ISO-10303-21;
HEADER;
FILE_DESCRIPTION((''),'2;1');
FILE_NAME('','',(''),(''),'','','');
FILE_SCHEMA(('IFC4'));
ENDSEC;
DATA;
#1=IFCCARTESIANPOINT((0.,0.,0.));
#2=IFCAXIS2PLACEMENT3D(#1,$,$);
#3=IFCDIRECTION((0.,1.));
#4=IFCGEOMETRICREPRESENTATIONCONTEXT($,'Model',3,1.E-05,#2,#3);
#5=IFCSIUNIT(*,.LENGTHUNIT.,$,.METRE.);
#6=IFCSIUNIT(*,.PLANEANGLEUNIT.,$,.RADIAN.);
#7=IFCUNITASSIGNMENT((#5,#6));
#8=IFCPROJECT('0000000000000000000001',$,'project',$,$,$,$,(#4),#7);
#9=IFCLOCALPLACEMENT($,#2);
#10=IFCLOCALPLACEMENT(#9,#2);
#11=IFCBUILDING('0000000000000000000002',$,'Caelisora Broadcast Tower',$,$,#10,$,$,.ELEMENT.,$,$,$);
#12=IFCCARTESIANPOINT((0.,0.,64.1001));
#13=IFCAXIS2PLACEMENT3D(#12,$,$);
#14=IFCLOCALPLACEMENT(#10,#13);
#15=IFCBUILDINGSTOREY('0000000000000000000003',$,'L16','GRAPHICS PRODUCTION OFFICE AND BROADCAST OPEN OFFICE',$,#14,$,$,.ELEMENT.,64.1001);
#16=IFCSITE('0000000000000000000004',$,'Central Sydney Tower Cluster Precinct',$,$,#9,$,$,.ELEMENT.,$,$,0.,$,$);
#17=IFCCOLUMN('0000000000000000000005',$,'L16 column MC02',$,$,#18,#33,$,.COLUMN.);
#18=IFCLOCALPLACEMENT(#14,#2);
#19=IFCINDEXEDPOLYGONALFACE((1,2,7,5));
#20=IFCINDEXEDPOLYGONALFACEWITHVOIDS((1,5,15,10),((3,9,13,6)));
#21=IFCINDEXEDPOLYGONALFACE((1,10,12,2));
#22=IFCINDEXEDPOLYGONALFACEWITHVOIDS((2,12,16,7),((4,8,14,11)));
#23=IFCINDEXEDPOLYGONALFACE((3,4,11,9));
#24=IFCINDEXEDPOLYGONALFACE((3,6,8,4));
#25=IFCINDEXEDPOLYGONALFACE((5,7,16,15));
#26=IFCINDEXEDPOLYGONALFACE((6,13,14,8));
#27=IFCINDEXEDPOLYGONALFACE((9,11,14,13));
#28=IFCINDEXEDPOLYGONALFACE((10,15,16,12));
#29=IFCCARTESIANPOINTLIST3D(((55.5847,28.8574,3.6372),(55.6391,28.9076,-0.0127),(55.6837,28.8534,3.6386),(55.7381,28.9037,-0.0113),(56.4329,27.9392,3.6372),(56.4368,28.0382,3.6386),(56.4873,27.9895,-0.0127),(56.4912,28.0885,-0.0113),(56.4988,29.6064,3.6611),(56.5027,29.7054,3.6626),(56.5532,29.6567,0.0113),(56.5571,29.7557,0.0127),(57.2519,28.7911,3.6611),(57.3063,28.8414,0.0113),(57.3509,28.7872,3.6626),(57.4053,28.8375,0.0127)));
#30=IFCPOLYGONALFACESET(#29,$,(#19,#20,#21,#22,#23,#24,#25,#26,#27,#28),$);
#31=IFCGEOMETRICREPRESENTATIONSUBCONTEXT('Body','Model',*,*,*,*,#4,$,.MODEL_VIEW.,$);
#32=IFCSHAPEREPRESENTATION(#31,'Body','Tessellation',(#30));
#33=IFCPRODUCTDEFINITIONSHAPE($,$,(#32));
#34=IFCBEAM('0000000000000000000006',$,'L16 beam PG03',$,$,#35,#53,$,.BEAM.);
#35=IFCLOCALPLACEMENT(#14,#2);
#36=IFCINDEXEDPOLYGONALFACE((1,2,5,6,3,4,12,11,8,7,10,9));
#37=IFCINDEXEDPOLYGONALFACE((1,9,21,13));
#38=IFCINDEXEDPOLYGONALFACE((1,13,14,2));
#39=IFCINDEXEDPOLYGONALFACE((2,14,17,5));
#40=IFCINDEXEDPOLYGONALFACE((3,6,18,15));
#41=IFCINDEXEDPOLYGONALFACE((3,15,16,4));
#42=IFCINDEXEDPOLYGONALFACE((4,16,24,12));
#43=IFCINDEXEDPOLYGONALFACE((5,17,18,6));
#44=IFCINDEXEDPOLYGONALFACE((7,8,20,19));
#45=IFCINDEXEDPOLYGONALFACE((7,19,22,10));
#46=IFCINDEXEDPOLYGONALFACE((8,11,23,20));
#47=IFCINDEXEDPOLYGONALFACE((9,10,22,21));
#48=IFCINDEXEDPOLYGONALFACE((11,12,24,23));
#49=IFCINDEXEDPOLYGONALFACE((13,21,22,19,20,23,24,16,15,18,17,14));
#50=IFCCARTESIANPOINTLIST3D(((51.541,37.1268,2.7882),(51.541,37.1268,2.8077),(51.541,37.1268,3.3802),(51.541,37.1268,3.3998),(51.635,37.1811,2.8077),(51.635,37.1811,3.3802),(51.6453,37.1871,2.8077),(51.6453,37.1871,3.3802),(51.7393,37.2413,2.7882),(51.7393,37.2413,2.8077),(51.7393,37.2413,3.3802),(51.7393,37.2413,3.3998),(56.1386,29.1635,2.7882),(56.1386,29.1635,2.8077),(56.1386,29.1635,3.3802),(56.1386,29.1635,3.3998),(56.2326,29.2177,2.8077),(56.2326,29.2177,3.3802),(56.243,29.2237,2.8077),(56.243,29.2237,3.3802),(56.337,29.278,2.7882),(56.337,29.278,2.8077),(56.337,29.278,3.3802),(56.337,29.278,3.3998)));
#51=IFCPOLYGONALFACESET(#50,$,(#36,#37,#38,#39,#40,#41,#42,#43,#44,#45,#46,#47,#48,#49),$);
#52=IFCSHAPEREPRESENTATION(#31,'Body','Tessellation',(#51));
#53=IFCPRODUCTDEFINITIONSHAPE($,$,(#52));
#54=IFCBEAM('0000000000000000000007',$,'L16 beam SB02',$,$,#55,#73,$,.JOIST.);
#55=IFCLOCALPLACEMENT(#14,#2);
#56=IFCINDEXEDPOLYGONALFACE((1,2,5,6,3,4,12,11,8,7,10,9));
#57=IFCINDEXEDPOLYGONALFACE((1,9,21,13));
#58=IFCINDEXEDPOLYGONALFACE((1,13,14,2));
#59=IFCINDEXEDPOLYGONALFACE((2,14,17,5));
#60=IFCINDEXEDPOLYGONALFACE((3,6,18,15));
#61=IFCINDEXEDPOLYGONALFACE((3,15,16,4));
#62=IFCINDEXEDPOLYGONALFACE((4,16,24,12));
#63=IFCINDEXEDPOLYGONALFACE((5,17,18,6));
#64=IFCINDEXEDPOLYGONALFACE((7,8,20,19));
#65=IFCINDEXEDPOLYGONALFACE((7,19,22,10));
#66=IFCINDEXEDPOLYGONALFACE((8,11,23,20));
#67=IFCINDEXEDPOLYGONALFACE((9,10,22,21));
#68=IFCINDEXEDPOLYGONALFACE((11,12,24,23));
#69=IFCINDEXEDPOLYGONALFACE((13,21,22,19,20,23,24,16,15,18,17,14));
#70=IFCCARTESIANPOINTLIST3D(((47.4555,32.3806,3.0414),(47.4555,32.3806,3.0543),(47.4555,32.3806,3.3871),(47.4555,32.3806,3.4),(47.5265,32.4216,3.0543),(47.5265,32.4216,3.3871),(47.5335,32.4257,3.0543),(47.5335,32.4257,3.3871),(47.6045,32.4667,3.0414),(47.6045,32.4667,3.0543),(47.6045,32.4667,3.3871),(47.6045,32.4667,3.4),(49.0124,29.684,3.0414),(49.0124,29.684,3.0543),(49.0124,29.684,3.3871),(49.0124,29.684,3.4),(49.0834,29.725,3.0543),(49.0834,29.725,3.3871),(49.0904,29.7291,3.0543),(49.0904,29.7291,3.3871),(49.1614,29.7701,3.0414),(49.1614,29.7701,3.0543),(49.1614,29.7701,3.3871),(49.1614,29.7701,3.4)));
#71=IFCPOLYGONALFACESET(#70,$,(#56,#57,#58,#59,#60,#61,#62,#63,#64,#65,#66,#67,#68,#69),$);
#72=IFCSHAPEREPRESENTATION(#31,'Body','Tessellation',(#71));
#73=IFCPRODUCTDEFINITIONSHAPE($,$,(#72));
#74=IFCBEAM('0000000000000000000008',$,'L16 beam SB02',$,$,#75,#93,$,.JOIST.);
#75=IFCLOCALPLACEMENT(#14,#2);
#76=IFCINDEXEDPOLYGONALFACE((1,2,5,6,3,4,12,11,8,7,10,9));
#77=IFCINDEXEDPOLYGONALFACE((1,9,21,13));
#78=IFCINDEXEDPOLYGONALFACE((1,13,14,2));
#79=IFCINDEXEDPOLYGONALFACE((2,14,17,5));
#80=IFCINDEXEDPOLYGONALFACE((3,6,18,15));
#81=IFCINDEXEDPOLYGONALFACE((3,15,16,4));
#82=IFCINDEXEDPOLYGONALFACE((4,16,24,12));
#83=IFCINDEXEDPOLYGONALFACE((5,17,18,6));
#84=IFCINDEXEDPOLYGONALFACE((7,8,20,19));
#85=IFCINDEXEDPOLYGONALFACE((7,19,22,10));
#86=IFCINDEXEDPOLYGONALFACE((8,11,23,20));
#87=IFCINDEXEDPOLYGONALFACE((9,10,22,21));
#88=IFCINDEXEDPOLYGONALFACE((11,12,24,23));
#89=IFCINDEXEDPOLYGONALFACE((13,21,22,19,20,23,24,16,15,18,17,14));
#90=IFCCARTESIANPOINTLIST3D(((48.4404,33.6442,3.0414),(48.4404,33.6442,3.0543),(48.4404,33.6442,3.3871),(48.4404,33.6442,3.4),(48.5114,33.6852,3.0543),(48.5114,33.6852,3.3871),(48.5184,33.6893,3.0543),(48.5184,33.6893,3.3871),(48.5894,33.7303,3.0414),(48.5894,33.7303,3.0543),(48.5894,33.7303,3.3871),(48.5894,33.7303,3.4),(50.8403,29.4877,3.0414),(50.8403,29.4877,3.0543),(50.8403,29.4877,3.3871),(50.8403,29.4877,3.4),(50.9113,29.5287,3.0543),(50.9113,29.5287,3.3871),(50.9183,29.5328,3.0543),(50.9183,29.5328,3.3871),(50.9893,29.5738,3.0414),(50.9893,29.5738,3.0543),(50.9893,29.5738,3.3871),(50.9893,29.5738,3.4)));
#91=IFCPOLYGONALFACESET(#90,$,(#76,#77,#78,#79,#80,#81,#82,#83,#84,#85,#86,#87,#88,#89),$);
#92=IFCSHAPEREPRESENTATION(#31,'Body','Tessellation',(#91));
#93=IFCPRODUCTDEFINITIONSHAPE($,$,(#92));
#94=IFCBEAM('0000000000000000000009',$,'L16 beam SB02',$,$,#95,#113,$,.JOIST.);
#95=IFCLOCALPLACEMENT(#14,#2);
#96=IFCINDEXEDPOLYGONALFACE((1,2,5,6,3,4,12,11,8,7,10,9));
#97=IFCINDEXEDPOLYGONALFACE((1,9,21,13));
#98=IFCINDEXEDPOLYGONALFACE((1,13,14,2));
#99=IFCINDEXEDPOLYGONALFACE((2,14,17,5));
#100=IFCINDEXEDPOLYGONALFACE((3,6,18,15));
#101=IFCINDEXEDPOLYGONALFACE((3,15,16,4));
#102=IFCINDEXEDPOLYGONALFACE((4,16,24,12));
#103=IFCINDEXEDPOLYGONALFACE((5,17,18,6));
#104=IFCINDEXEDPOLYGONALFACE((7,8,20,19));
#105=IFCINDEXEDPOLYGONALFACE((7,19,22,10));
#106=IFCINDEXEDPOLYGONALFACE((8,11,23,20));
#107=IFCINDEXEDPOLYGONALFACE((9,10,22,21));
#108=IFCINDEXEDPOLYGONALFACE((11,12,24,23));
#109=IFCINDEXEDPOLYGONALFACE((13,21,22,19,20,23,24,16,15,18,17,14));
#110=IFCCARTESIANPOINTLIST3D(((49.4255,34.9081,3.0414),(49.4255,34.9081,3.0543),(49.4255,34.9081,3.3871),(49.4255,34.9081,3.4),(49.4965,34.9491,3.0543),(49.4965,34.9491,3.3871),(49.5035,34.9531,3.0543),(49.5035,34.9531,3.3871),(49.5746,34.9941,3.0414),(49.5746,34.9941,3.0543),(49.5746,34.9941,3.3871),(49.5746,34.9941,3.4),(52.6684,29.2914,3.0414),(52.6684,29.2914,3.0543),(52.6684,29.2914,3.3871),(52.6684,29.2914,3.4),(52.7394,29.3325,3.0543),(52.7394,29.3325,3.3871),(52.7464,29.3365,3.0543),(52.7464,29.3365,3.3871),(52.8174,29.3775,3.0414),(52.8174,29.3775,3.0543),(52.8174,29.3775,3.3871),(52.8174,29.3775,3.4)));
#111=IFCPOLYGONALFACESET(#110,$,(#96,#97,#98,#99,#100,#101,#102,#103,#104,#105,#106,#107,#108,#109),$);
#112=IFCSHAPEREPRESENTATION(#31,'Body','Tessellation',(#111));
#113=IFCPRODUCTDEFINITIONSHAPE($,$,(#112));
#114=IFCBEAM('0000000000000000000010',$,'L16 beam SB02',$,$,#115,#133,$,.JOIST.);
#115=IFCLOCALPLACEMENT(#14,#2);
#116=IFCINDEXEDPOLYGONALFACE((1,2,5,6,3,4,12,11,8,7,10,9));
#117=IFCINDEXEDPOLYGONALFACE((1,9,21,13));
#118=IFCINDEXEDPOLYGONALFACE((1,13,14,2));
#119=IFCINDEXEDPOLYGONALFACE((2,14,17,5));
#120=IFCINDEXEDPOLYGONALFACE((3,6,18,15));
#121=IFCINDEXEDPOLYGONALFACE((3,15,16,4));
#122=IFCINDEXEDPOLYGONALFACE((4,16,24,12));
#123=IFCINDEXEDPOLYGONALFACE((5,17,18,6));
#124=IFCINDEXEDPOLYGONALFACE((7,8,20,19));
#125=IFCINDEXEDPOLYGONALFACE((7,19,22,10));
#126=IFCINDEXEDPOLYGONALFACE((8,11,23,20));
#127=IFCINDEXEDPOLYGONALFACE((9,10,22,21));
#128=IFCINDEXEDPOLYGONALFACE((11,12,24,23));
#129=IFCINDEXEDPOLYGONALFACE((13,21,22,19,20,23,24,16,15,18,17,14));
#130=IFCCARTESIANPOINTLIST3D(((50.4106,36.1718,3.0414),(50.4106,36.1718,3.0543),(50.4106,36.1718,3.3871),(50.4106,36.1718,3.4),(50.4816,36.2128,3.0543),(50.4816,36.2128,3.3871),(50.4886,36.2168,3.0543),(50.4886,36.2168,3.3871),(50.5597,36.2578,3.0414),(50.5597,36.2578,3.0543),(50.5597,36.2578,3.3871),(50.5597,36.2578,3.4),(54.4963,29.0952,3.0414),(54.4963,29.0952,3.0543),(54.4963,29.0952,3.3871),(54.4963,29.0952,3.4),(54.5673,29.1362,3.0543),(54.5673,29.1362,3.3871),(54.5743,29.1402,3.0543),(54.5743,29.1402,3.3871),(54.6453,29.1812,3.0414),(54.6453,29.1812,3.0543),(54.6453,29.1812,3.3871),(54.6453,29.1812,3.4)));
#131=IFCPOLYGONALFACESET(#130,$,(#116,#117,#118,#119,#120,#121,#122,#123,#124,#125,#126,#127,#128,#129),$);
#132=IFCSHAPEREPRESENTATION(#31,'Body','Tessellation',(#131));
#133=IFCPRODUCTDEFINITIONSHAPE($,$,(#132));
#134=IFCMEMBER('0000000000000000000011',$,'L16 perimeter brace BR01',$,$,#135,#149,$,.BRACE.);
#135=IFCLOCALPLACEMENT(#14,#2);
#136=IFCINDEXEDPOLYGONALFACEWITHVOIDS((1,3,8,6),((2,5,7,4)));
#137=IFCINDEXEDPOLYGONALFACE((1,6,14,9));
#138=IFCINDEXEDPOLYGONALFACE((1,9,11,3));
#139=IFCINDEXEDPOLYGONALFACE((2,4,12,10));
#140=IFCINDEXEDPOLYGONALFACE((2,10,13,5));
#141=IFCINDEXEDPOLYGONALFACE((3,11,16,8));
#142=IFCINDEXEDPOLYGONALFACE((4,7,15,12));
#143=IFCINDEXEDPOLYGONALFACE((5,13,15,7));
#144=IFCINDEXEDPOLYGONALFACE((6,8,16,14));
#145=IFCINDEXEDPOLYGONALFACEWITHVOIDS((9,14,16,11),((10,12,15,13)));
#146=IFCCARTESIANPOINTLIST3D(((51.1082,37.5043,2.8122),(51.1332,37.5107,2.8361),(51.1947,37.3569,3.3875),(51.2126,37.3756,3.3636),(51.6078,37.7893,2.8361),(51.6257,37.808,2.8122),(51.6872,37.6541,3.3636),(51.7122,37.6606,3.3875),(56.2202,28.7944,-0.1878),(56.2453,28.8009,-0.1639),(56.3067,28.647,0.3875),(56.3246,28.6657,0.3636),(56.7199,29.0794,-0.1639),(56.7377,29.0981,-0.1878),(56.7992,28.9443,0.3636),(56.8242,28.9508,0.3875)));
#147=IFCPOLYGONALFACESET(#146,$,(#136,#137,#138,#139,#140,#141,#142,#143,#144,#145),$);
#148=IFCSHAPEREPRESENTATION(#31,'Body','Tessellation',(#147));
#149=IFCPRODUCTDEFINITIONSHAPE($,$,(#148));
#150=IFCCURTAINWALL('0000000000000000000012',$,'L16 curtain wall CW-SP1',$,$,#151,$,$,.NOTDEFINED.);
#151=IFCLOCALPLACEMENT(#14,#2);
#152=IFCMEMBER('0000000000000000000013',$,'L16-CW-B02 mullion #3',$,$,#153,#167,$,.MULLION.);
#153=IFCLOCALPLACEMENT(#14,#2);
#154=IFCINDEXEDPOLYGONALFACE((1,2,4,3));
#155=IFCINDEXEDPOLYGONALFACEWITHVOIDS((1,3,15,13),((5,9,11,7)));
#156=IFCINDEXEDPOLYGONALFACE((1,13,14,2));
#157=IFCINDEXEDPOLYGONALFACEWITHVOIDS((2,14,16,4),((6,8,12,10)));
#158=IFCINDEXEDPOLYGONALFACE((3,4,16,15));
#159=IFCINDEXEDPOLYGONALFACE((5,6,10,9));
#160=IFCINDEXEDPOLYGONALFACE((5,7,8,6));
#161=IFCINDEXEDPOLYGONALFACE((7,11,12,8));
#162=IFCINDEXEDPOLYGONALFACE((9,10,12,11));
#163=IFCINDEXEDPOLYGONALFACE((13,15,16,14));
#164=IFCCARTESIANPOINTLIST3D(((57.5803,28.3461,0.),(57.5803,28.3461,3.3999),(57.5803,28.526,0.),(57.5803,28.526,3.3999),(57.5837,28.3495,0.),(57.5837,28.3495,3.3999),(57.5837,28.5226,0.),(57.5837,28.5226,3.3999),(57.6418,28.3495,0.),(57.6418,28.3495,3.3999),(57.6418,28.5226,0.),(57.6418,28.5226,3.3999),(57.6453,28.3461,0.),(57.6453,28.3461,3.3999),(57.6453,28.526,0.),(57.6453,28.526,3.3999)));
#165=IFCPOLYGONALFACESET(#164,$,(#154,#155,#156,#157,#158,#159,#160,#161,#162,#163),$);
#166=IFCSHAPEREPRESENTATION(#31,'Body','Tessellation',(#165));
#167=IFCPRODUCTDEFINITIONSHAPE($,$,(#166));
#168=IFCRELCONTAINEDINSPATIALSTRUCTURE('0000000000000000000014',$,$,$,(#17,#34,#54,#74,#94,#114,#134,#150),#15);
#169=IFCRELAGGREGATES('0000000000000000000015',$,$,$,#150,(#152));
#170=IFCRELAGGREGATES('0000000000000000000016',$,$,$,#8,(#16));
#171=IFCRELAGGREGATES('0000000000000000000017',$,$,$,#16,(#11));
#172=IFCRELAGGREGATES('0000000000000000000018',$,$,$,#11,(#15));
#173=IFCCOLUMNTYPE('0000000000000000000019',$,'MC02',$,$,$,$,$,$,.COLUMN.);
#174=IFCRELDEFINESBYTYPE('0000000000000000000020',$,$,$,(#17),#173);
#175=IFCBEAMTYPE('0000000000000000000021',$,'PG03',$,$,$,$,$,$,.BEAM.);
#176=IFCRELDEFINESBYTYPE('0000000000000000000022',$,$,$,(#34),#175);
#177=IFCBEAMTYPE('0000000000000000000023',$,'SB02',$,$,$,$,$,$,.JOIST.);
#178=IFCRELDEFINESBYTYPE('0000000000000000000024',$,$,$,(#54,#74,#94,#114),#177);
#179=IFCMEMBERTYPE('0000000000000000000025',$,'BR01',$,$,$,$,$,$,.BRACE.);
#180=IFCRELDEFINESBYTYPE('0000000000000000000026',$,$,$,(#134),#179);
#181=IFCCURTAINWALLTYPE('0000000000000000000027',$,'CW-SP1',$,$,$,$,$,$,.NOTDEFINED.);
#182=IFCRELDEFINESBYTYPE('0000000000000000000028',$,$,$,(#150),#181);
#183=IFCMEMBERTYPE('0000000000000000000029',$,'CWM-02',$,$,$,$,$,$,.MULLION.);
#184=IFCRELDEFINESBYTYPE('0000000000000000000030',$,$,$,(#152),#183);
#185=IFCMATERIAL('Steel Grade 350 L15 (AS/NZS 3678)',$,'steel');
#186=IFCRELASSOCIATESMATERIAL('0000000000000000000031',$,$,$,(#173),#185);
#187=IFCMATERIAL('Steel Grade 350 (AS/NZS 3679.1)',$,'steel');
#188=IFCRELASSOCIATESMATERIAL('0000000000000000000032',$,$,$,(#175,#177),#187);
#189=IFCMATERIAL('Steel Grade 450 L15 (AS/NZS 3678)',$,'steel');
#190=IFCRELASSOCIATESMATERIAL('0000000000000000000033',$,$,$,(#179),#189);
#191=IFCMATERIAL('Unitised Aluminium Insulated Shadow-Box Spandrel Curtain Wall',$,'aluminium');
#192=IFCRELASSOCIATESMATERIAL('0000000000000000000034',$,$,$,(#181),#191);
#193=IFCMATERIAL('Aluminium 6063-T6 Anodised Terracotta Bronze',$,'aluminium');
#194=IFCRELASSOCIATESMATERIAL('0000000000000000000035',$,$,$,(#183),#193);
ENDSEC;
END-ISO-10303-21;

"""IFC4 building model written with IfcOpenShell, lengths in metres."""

from ifc_helpers import new_model, si_unit, direction, frame, origin, origin_2d, place, context, subcontext, project, spatial, hollow_rectangle, i_section, extrude, source, transform, mapped, material, material_profile, profile_set, type_object, type_shapes, element, aggregate, save


model = new_model("IFC4")

# Units and contexts
model_context = context("Model", 3, precision=1e-05, world=origin(), true_north=direction((0.0, 1.0)))
body_context = subcontext(model_context, "Body", "Model", "MODEL_VIEW")
ifc_project = project(units=[si_unit("LENGTHUNIT", "METRE"), si_unit("PLANEANGLEUNIT", "RADIAN")], contexts=[model_context])

# Site, building, storey
site_placement = place(None, origin())
site = spatial("IfcSite", under=ifc_project, at=site_placement, Name="Central Sydney Tower Cluster Precinct", CompositionType="ELEMENT", RefElevation=0.0)
building_placement = place(site_placement, origin())
building = spatial("IfcBuilding", under=site, at=building_placement, Name="Caelisora Broadcast Tower", CompositionType="ELEMENT")
storey_placement = place(building_placement, frame((0.0, 0.0, 64.1001)))
storey = spatial("IfcBuildingStorey", under=building, at=storey_placement, Name="L16", Description="GRAPHICS PRODUCTION OFFICE AND BROADCAST OPEN OFFICE", CompositionType="ELEMENT", Elevation=64.1001)

# Column
ifc_material_1 = material(Name="Steel Grade 350 L15 (AS/NZS 3678)", Category="steel")
ifc_material_profile_1 = material_profile(ifc_material_1, hollow_rectangle(XDim=1.25, YDim=1.25, WallThickness=0.0701, at=origin_2d()), Name="Steel Grade 350 L15 (AS/NZS 3678)")
ifc_profile_set_1 = profile_set([ifc_material_profile_1], Name="Steel Grade 350 L15 (AS/NZS 3678)")
column_type = type_object("IfcColumnType", Name="MC02", PredefinedType="COLUMN", material=ifc_profile_set_1)
shared_shape_1 = source(origin(), body_context, "Body", "SweptSolid", [
    extrude(hollow_rectangle(XDim=1.25, YDim=1.25, WallThickness=0.0701, at=origin_2d()), origin(), (0.0, 0.0, 1.0), 3.6506),
])
type_shapes(column_type, [shared_shape_1])
column_placement = place(storey_placement, frame((56.5222, 28.8726, 0.0), z_axis=(-0.014913, -0.013776, 0.999794), x_axis=(0.678554, -0.734551, 0.0)))
element("IfcColumn", 1, at=column_placement, inside=storey, type_object=column_type, Name="L16 column MC02", PredefinedType="COLUMN", context=body_context, shape_type="MappedRepresentation", body=[
    mapped(shared_shape_1, transform((0.0, 0.0, 0.0), scale=1.0)),
])

# Beams
ifc_material_2 = material(Name="Steel Grade 350 (AS/NZS 3679.1)", Category="steel")
ifc_material_profile_2 = material_profile(ifc_material_2, i_section(OverallWidth=0.229, OverallDepth=0.6116, WebThickness=0.012, FlangeThickness=0.0195, at=origin_2d()), Name="Steel Grade 350 (AS/NZS 3679.1)")
ifc_profile_set_2 = profile_set([ifc_material_profile_2], Name="Steel Grade 350 (AS/NZS 3679.1)")
beam_type_1 = type_object("IfcBeamType", Name="PG03", PredefinedType="BEAM", material=ifc_profile_set_2)
shared_shape_2 = source(origin(), body_context, "Body", "SweptSolid", [
    extrude(i_section(OverallWidth=0.229, OverallDepth=0.6116, WebThickness=0.012, FlangeThickness=0.0195, at=origin_2d()), origin(), (0.0, 0.0, 1.0), 9.1953),
])
type_shapes(beam_type_1, [shared_shape_2])
beam_1_placement = place(storey_placement, frame((56.2378, 29.2207, 3.094), z_axis=(-0.5, 0.866026, 0.0), x_axis=(-0.866026, -0.5, 0.0)))
element("IfcBeam", 2, at=beam_1_placement, inside=storey, type_object=beam_type_1, Name="L16 beam PG03", PredefinedType="BEAM", context=body_context, shape_type="MappedRepresentation", body=[
    mapped(shared_shape_2, transform((0.0, 0.0, 0.0), scale=1.0)),
])
ifc_material_profile_3 = material_profile(ifc_material_2, i_section(OverallWidth=0.1721, OverallDepth=0.3586, WebThickness=0.0081, FlangeThickness=0.0129, at=origin_2d()), Name="Steel Grade 350 (AS/NZS 3679.1)")
ifc_profile_set_3 = profile_set([ifc_material_profile_3], Name="Steel Grade 350 (AS/NZS 3679.1)")
beam_type_2 = type_object("IfcBeamType", Name="SB02", PredefinedType="JOIST", material=ifc_profile_set_3)
shared_shape_3 = source(origin(), body_context, "Body", "SweptSolid", [
    extrude(i_section(OverallWidth=0.1721, OverallDepth=0.3586, WebThickness=0.0081, FlangeThickness=0.0129, at=origin_2d()), origin(), (0.0, 0.0, 1.0), 3.1138),
])
beam_2_placement = place(storey_placement, frame((49.0869, 29.7271, 3.2207), z_axis=(-0.50001, 0.86602, 0.0), x_axis=(-0.86602, -0.50001, 0.0)))
element("IfcBeam", 3, at=beam_2_placement, inside=storey, type_object=beam_type_2, Name="L16 beam SB02", PredefinedType="JOIST", context=body_context, shape_type="MappedRepresentation", body=[
    mapped(shared_shape_3, transform((0.0, 0.0, 0.0), scale=1.0)),
])
shared_shape_4 = source(origin(), body_context, "Body", "SweptSolid", [
    extrude(i_section(OverallWidth=0.1721, OverallDepth=0.3586, WebThickness=0.0081, FlangeThickness=0.0129, at=origin_2d()), origin(), (0.0, 0.0, 1.0), 4.7996),
])
beam_3_placement = place(storey_placement, frame((50.9148, 29.5308, 3.2207), z_axis=(-0.500023, 0.866012, 0.0), x_axis=(-0.866012, -0.500023, 0.0)))
element("IfcBeam", 4, at=beam_3_placement, inside=storey, type_object=beam_type_2, Name="L16 beam SB02", PredefinedType="JOIST", context=body_context, shape_type="MappedRepresentation", body=[
    mapped(shared_shape_4, transform((0.0, 0.0, 0.0), scale=1.0)),
])
shared_shape_5 = source(origin(), body_context, "Body", "SweptSolid", [
    extrude(i_section(OverallWidth=0.1721, OverallDepth=0.3586, WebThickness=0.0081, FlangeThickness=0.0129, at=origin_2d()), origin(), (0.0, 0.0, 1.0), 6.4856),
])
beam_4_placement = place(storey_placement, frame((52.7429, 29.3345, 3.2207), z_axis=(-0.500014, 0.866018, 0.0), x_axis=(-0.866018, -0.500014, 0.0)))
element("IfcBeam", 5, at=beam_4_placement, inside=storey, type_object=beam_type_2, Name="L16 beam SB02", PredefinedType="JOIST", context=body_context, shape_type="MappedRepresentation", body=[
    mapped(shared_shape_5, transform((0.0, 0.0, 0.0), scale=1.0)),
])
shared_shape_6 = source(origin(), body_context, "Body", "SweptSolid", [
    extrude(i_section(OverallWidth=0.1721, OverallDepth=0.3586, WebThickness=0.0081, FlangeThickness=0.0129, at=origin_2d()), origin(), (0.0, 0.0, 1.0), 8.1714),
])
type_shapes(beam_type_2, [shared_shape_3, shared_shape_4, shared_shape_5, shared_shape_6])
beam_5_placement = place(storey_placement, frame((54.5708, 29.1382, 3.2207), z_axis=(-0.499998, 0.866026, 0.0), x_axis=(-0.866026, -0.499998, 0.0)))
element("IfcBeam", 6, at=beam_5_placement, inside=storey, type_object=beam_type_2, Name="L16 beam SB02", PredefinedType="JOIST", context=body_context, shape_type="MappedRepresentation", body=[
    mapped(shared_shape_6, transform((0.0, 0.0, 0.0), scale=1.0)),
])

# Member
ifc_material_3 = material(Name="Steel Grade 450 L15 (AS/NZS 3678)", Category="steel")
ifc_material_profile_4 = material_profile(ifc_material_3, hollow_rectangle(XDim=0.6001, YDim=0.6001, WallThickness=0.0249, at=origin_2d()), Name="Steel Grade 450 L15 (AS/NZS 3678)")
ifc_profile_set_4 = profile_set([ifc_material_profile_4], Name="Steel Grade 450 L15 (AS/NZS 3678)")
member_type_1 = type_object("IfcMemberType", Name="BR01", PredefinedType="BRACE", material=ifc_profile_set_4)
shared_shape_7 = source(origin(), body_context, "Body", "SweptSolid", [
    extrude(hollow_rectangle(XDim=0.6001, YDim=0.6001, WallThickness=0.0249, at=origin_2d()), origin(), (0.0, 0.0, 1.0), 10.5354),
])
type_shapes(member_type_1, [shared_shape_7])
member_1_placement = place(storey_placement, frame((56.5222, 28.8726, 0.0999), z_axis=(-0.485223, 0.826726, 0.284752), x_axis=(-0.862429, -0.506178, 0.0)))
element("IfcMember", 7, at=member_1_placement, inside=storey, type_object=member_type_1, Name="L16 perimeter brace BR01", PredefinedType="BRACE", context=body_context, shape_type="MappedRepresentation", body=[
    mapped(shared_shape_7, transform((0.0, 0.0, 0.0), scale=1.0)),
])

# Curtain wall, member
ifc_material_4 = material(Name="Unitised Aluminium Insulated Shadow-Box Spandrel Curtain Wall", Category="aluminium")
curtain_wall_type_1 = type_object("IfcCurtainWallType", Name="CW-SP1", PredefinedType="NOTDEFINED", material=ifc_material_4)
curtain_wall_1_placement = place(storey_placement, origin())
curtain_wall_1 = element("IfcCurtainWall", 8, at=curtain_wall_1_placement, inside=storey, type_object=curtain_wall_type_1, Name="L16 curtain wall CW-SP1", PredefinedType="NOTDEFINED")
ifc_material_5 = material(Name="Aluminium 6063-T6 Anodised Terracotta Bronze", Category="aluminium")
ifc_material_profile_5 = material_profile(ifc_material_5, hollow_rectangle(XDim=0.0649, YDim=0.1799, WallThickness=0.0034, at=origin_2d()), Name="Aluminium 6063-T6 Anodised Terracotta Bronze")
ifc_profile_set_5 = profile_set([ifc_material_profile_5], Name="Aluminium 6063-T6 Anodised Terracotta Bronze")
member_type_2 = type_object("IfcMemberType", Name="CWM-02", PredefinedType="MULLION", material=ifc_profile_set_5)
shared_shape_8 = source(origin(), body_context, "Body", "SweptSolid", [
    extrude(hollow_rectangle(XDim=0.0649, YDim=0.1799, WallThickness=0.0034, at=origin_2d()), origin(), (0.0, 0.0, 1.0), 3.3999),
])
type_shapes(member_type_2, [shared_shape_8])
member_2_placement = place(storey_placement, frame((57.6128, 28.436, 0.0), z_axis=(0.0, 0.0, 1.0), x_axis=(1.0, 0.0, 0.0)))
member_2 = element("IfcMember", 9, at=member_2_placement, type_object=member_type_2, Name="L16-CW-B02 mullion #3", PredefinedType="MULLION", context=body_context, shape_type="MappedRepresentation", body=[
    mapped(shared_shape_8, transform((0.0, 0.0, 0.0), scale=1.0)),
])
aggregate(curtain_wall_1, [member_2])

save(model, "model.ifc")
